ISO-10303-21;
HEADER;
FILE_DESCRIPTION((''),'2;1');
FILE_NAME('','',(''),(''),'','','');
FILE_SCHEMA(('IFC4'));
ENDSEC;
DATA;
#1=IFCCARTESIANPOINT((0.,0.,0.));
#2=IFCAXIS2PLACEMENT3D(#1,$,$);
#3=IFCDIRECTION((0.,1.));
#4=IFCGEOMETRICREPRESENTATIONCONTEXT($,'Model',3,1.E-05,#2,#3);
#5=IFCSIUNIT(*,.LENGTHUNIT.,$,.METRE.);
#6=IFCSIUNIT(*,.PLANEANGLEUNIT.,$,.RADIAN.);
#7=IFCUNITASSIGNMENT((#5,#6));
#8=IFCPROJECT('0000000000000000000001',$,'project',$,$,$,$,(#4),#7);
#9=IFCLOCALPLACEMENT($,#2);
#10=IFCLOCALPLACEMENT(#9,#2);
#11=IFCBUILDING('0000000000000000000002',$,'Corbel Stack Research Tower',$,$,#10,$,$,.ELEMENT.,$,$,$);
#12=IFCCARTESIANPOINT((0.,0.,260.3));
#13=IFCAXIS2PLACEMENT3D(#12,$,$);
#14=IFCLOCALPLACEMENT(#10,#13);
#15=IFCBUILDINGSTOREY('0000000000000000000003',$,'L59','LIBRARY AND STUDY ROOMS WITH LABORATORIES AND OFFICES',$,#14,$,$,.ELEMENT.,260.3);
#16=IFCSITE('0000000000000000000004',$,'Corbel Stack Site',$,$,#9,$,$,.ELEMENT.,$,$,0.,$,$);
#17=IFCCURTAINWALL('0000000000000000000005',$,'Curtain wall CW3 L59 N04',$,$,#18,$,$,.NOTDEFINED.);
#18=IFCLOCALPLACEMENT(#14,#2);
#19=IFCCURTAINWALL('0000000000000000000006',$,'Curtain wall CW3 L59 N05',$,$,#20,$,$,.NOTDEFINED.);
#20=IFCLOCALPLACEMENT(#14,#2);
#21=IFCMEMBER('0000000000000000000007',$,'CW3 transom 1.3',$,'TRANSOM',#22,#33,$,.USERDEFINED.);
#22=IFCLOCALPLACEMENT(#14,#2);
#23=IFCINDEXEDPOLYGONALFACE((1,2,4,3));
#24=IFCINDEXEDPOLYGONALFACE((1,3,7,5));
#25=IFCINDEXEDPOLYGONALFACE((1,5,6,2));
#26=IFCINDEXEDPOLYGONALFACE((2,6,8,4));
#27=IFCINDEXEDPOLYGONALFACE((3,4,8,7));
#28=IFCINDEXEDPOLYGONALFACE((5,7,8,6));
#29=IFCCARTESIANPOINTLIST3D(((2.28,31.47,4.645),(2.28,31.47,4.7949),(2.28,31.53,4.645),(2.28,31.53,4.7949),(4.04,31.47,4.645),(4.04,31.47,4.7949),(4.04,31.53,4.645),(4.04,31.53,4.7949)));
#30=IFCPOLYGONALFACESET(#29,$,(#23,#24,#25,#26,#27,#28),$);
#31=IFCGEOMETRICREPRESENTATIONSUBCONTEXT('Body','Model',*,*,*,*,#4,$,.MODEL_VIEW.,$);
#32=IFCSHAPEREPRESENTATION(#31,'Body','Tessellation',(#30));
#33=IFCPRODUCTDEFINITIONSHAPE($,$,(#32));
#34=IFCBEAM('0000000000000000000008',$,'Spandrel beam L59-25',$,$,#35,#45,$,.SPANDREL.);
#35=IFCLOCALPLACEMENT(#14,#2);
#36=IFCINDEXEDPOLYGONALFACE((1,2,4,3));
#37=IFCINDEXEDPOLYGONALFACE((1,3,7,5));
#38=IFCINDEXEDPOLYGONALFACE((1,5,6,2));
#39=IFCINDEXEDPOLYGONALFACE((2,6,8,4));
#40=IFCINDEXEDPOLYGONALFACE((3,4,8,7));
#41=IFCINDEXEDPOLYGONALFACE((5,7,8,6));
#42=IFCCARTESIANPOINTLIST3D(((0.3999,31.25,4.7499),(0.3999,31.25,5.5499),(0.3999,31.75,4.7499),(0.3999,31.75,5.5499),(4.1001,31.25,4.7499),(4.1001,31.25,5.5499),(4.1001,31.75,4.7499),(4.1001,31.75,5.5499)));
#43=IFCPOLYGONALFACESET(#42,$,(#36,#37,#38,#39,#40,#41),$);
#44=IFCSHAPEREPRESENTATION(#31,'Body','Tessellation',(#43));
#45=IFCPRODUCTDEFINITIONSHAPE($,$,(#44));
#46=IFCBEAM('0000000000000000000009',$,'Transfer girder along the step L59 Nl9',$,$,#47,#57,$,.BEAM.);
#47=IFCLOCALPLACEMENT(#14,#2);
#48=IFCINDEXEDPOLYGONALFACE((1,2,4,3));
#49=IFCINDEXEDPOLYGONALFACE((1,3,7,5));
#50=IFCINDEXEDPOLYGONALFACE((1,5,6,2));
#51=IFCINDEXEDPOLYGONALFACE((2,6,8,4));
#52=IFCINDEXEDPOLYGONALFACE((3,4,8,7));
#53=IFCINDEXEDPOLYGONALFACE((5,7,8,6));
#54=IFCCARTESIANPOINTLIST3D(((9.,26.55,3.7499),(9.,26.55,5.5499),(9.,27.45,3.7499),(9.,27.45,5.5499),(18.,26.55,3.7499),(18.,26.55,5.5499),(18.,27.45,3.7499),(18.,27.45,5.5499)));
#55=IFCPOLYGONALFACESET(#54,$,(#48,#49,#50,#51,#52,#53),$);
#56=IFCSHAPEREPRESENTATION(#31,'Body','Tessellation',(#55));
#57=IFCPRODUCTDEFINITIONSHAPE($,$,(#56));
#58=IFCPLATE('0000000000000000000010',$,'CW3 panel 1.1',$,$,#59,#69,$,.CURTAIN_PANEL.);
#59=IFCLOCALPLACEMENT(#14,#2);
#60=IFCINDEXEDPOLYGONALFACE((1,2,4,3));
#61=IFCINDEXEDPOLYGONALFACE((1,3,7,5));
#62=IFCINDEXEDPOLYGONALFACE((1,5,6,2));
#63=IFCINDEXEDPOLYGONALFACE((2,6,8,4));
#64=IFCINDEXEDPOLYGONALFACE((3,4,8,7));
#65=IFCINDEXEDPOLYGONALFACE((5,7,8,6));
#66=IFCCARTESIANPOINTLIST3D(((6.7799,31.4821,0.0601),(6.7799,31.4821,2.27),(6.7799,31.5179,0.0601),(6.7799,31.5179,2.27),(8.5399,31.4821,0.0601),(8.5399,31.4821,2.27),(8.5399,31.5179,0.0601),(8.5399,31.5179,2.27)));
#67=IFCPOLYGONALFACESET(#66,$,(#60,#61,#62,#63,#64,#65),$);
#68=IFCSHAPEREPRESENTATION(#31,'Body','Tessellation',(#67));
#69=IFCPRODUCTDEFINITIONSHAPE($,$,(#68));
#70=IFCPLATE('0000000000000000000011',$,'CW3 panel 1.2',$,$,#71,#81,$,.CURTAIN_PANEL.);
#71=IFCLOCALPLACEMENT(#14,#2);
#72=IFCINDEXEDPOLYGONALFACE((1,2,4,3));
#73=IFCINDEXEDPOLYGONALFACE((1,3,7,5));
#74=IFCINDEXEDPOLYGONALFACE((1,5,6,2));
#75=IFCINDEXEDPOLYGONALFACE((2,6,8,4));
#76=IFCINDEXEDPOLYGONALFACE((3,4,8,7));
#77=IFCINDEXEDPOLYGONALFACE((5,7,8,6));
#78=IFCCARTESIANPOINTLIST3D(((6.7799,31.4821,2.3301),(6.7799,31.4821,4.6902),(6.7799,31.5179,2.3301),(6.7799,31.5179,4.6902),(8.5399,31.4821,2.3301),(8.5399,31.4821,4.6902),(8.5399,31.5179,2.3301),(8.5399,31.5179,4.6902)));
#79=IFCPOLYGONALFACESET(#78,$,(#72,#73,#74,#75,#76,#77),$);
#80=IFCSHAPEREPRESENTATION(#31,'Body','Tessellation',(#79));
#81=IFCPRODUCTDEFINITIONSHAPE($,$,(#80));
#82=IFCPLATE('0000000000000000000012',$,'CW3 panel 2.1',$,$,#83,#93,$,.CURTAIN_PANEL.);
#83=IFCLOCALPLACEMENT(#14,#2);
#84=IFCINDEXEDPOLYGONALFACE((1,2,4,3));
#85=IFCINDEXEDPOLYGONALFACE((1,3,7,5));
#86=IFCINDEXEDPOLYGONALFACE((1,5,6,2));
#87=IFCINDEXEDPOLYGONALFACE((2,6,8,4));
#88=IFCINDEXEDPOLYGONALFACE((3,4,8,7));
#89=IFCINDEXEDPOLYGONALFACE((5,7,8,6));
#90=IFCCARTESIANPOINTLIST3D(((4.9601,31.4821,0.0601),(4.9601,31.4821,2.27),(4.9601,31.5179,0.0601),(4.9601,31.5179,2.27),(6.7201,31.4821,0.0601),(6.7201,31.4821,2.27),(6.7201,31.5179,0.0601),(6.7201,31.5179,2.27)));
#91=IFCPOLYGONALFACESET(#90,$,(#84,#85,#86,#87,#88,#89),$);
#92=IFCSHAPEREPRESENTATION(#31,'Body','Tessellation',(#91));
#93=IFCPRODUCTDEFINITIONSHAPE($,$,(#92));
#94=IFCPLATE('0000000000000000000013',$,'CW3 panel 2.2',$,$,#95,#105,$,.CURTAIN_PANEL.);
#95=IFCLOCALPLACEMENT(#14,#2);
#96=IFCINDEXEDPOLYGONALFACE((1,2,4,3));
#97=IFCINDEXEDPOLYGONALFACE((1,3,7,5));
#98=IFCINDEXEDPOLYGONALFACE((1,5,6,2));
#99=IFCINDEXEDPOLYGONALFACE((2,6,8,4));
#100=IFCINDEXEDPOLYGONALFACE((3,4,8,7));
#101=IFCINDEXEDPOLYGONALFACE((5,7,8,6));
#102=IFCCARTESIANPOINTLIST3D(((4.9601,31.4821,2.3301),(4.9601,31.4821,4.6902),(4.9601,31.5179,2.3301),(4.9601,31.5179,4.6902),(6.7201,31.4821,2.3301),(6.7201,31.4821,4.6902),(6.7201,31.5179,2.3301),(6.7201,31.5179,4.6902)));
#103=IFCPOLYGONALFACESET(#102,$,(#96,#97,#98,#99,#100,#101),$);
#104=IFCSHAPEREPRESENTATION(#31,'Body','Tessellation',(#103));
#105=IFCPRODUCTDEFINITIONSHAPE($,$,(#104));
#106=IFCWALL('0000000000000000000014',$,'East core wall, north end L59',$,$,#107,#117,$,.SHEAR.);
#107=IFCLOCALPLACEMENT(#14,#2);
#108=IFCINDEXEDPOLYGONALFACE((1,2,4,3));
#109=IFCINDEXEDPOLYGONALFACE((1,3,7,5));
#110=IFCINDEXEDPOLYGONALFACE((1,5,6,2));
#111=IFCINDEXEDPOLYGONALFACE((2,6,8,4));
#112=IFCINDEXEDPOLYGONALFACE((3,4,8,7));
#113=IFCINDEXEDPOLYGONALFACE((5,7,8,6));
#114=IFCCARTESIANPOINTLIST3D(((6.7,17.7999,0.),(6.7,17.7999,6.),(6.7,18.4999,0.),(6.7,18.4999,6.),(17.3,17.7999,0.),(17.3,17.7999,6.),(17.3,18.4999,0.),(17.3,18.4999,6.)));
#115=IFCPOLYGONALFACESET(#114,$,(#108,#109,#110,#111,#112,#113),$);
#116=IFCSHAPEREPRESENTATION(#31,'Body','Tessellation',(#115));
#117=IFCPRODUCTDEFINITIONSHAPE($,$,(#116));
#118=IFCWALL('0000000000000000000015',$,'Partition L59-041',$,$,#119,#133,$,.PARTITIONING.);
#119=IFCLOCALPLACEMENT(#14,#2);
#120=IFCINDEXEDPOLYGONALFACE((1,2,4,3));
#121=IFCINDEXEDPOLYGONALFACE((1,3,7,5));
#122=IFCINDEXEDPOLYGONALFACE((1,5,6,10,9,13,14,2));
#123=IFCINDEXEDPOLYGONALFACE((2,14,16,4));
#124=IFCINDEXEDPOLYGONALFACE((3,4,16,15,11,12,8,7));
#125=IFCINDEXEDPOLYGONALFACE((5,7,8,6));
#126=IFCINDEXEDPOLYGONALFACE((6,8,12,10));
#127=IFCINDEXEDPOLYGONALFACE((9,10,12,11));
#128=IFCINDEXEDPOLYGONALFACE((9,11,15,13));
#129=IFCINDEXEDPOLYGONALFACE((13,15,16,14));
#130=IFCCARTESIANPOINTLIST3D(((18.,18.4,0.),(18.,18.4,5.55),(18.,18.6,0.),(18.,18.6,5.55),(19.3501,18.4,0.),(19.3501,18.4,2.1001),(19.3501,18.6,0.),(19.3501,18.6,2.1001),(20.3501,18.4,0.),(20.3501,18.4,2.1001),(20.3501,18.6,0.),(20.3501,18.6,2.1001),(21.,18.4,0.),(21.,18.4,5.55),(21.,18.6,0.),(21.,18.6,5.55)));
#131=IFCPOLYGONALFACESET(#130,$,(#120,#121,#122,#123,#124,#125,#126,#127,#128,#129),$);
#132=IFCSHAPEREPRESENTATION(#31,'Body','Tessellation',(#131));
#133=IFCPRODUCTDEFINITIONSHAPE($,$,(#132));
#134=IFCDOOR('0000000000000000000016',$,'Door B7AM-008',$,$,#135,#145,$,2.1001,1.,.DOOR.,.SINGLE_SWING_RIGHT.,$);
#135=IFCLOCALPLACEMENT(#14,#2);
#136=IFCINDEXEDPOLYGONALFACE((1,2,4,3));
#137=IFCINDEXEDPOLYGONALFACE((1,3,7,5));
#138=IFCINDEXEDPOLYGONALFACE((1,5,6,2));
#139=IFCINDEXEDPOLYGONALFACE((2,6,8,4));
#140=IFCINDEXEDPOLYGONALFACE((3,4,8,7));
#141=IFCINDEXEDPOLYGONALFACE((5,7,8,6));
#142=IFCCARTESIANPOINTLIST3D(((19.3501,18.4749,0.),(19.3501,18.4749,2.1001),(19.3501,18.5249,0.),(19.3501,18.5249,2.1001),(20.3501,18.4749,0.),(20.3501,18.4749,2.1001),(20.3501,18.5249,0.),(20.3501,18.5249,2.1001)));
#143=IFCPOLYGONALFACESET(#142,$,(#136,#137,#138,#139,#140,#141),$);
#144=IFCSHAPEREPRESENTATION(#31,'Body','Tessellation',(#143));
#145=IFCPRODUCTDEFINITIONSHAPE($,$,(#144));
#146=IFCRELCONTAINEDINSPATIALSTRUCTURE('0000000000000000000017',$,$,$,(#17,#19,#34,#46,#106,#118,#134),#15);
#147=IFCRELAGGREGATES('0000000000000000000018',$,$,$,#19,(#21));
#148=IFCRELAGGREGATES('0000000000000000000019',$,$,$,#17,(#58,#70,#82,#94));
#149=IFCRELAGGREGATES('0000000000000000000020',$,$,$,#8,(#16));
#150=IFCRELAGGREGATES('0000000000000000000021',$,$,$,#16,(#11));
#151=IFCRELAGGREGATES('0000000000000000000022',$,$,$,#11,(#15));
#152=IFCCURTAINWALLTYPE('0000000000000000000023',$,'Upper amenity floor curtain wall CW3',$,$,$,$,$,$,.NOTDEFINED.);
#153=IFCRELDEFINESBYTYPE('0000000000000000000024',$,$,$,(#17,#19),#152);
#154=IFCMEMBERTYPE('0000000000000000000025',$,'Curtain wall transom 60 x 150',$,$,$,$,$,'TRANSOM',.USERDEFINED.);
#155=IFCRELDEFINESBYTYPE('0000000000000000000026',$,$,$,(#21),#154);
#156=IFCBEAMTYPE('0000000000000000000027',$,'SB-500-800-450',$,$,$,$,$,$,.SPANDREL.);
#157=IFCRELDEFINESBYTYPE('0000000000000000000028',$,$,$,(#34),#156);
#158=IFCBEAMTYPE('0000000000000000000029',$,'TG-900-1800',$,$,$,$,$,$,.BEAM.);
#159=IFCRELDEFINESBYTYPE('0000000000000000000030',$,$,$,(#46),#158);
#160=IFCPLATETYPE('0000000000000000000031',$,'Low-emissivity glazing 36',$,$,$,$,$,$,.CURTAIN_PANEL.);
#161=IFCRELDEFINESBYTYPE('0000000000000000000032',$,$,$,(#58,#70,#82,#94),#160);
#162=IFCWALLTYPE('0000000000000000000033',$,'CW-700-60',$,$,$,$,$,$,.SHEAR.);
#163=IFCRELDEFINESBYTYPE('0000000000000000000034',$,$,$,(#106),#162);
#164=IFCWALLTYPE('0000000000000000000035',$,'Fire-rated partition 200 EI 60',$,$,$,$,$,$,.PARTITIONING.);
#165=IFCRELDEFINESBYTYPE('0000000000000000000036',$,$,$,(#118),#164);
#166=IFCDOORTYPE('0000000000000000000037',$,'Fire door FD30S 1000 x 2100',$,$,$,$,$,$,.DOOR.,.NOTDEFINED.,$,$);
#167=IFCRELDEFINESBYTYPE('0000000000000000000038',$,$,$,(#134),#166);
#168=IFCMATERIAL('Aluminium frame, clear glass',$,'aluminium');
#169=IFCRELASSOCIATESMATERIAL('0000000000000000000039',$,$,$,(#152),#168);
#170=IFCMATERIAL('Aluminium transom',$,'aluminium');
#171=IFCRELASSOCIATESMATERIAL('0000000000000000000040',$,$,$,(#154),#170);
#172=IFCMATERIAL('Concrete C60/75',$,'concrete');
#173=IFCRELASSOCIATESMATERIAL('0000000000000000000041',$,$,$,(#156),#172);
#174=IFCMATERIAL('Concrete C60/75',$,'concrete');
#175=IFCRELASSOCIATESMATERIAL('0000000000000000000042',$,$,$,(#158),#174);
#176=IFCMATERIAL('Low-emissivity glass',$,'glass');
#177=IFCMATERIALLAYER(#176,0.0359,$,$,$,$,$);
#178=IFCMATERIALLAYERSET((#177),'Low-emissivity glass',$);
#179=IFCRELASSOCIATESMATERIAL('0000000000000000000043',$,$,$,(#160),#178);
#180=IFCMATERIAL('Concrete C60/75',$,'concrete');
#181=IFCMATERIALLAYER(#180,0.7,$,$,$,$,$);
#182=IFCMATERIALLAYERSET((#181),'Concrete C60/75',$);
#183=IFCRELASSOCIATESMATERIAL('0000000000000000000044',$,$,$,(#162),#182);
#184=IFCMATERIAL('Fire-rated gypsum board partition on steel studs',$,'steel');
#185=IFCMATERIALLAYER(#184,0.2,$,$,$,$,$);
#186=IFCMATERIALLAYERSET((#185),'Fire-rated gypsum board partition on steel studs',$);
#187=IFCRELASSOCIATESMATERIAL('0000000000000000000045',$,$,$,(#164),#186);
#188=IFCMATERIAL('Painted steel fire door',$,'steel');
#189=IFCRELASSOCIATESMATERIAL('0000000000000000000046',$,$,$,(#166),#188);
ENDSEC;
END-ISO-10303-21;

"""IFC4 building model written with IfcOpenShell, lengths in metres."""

from ifc_helpers import new_model, si_unit, direction, frame, frame_2d, origin, origin_2d, place, context, subcontext, project, spatial, rectangle, extrude, material, layer, layer_set, material_profile, profile_set, type_object, element, fill, aggregate, save


model = new_model("IFC4")

# Units and contexts
model_context = context("Model", 3, precision=1e-05, world=origin(), true_north=direction((0.0, 1.0)))
body_context = subcontext(model_context, "Body", "Model", "MODEL_VIEW")
ifc_project = project(units=[si_unit("LENGTHUNIT", "METRE"), si_unit("PLANEANGLEUNIT", "RADIAN")], contexts=[model_context])

# Site, building, storey
site_placement = place(None, origin())
site = spatial("IfcSite", under=ifc_project, at=site_placement, Name="Corbel Stack Site", CompositionType="ELEMENT", RefElevation=0.0)
building_placement = place(site_placement, origin())
building = spatial("IfcBuilding", under=site, at=building_placement, Name="Corbel Stack Research Tower", CompositionType="ELEMENT")
storey_placement = place(building_placement, frame((0.0, 0.0, 260.3)))
storey = spatial("IfcBuildingStorey", under=building, at=storey_placement, Name="L59", Description="LIBRARY AND STUDY ROOMS WITH LABORATORIES AND OFFICES", CompositionType="ELEMENT", Elevation=260.3)

# Curtain wall
ifc_material_1 = material(Name="Aluminium frame, clear glass", Category="aluminium")
curtain_wall_type = type_object("IfcCurtainWallType", Name="Upper amenity floor curtain wall CW3", PredefinedType="NOTDEFINED", material=ifc_material_1)
curtain_wall_1_placement = place(storey_placement, origin())
curtain_wall_1 = element("IfcCurtainWall", 1, at=curtain_wall_1_placement, inside=storey, type_object=curtain_wall_type, Name="Curtain wall CW3 L59 N04", PredefinedType="NOTDEFINED")

# Curtain wall
curtain_wall_2_placement = place(storey_placement, origin())
curtain_wall_2 = element("IfcCurtainWall", 2, at=curtain_wall_2_placement, inside=storey, type_object=curtain_wall_type, Name="Curtain wall CW3 L59 N05", PredefinedType="NOTDEFINED")

# Member
ifc_material_2 = material(Name="Aluminium transom", Category="aluminium")
ifc_material_profile_1 = material_profile(ifc_material_2, rectangle(XDim=0.0601, YDim=0.1499, at=origin_2d()), Name="Transom 60 x 150")
ifc_profile_set_1 = profile_set([ifc_material_profile_1], Name="Aluminium transom")
member_type_1 = type_object("IfcMemberType", Name="Curtain wall transom 60 x 150", ElementType="TRANSOM", PredefinedType="USERDEFINED", material=ifc_profile_set_1)
member_1_placement = place(storey_placement, frame((4.04, 31.5, 4.72), z_axis=(-1.0, 0.0, 0.0), x_axis=(0.0, -1.0, 0.0)))
member_1 = element("IfcMember", 3, at=member_1_placement, type_object=member_type_1, Name="CW3 transom 1.3", ObjectType="TRANSOM", PredefinedType="USERDEFINED", context=body_context, shape_type="SweptSolid", body=[
    extrude(rectangle(XDim=0.0601, YDim=0.1499, at=origin_2d()), origin(), (0.0, 0.0, 1.0), 1.76),
])
aggregate(curtain_wall_2, [member_1])

# Beams
ifc_material_3 = material(Name="Concrete C60/75", Category="concrete")
ifc_material_profile_2 = material_profile(ifc_material_3, rectangle(XDim=0.5, YDim=0.8, at=origin_2d()), Name="RC 500 x 800")
ifc_profile_set_2 = profile_set([ifc_material_profile_2], Name="Concrete C60/75")
beam_type_1 = type_object("IfcBeamType", Name="SB-500-800-450", PredefinedType="SPANDREL", material=ifc_profile_set_2)
beam_1_placement = place(storey_placement, frame((4.1001, 31.5, 5.1499), z_axis=(-1.0, 0.0, 0.0), x_axis=(0.0, -1.0, 0.0)))
element("IfcBeam", 4, at=beam_1_placement, inside=storey, type_object=beam_type_1, Name="Spandrel beam L59-25", PredefinedType="SPANDREL", context=body_context, shape_type="SweptSolid", body=[
    extrude(rectangle(XDim=0.5, YDim=0.8, at=origin_2d()), origin(), (0.0, 0.0, 1.0), 3.7002),
])
ifc_material_4 = material(Name="Concrete C60/75", Category="concrete")
ifc_material_profile_3 = material_profile(ifc_material_4, rectangle(XDim=0.8999, YDim=1.8, at=origin_2d()), Name="RC 900 x 1800")
ifc_profile_set_3 = profile_set([ifc_material_profile_3], Name="Concrete C60/75")
beam_type_2 = type_object("IfcBeamType", Name="TG-900-1800", PredefinedType="BEAM", material=ifc_profile_set_3)
beam_2_placement = place(storey_placement, frame((9.0, 27.0, 4.6499), z_axis=(1.0, 0.0, 0.0), x_axis=(0.0, 1.0, 0.0)))
element("IfcBeam", 5, at=beam_2_placement, inside=storey, type_object=beam_type_2, Name="Transfer girder along the step L59 Nl9", PredefinedType="BEAM", context=body_context, shape_type="SweptSolid", body=[
    extrude(rectangle(XDim=0.8999, YDim=1.8, at=origin_2d()), origin(), (0.0, 0.0, 1.0), 9.0),
])

# Plates
ifc_material_5 = material(Name="Low-emissivity glass", Category="glass")
ifc_layer_1 = layer(ifc_material_5, 0.0359)
ifc_layer_set_1 = layer_set([ifc_layer_1], Name="Low-emissivity glass")
plate_type = type_object("IfcPlateType", Name="Low-emissivity glazing 36", PredefinedType="CURTAIN_PANEL", material=ifc_layer_set_1)
plate_1_placement = place(storey_placement, frame((7.6599, 31.5, 0.0601), z_axis=(0.0, 0.0, 1.0), x_axis=(-1.0, 0.0, 0.0)))
plate_1 = element("IfcPlate", 6, at=plate_1_placement, type_object=plate_type, Name="CW3 panel 1.1", PredefinedType="CURTAIN_PANEL", context=body_context, shape_type="SweptSolid", body=[
    extrude(rectangle(XDim=1.76, YDim=0.0359, at=origin_2d()), origin(), (0.0, 0.0, 1.0), 2.21),
])
plate_2_placement = place(storey_placement, frame((7.6599, 31.5, 2.3301), z_axis=(0.0, 0.0, 1.0), x_axis=(-1.0, 0.0, 0.0)))
plate_2 = element("IfcPlate", 7, at=plate_2_placement, type_object=plate_type, Name="CW3 panel 1.2", PredefinedType="CURTAIN_PANEL", context=body_context, shape_type="SweptSolid", body=[
    extrude(rectangle(XDim=1.76, YDim=0.0359, at=origin_2d()), origin(), (0.0, 0.0, 1.0), 2.3601),
])
plate_3_placement = place(storey_placement, frame((5.8401, 31.5, 0.0601), z_axis=(0.0, 0.0, 1.0), x_axis=(-1.0, 0.0, 0.0)))
plate_3 = element("IfcPlate", 8, at=plate_3_placement, type_object=plate_type, Name="CW3 panel 2.1", PredefinedType="CURTAIN_PANEL", context=body_context, shape_type="SweptSolid", body=[
    extrude(rectangle(XDim=1.76, YDim=0.0359, at=origin_2d()), origin(), (0.0, 0.0, 1.0), 2.21),
])
plate_4_placement = place(storey_placement, frame((5.8401, 31.5, 2.3301), z_axis=(0.0, 0.0, 1.0), x_axis=(-1.0, 0.0, 0.0)))
plate_4 = element("IfcPlate", 9, at=plate_4_placement, type_object=plate_type, Name="CW3 panel 2.2", PredefinedType="CURTAIN_PANEL", context=body_context, shape_type="SweptSolid", body=[
    extrude(rectangle(XDim=1.76, YDim=0.0359, at=origin_2d()), origin(), (0.0, 0.0, 1.0), 2.3601),
])
aggregate(curtain_wall_1, [plate_1, plate_2, plate_3, plate_4])

# Wall
ifc_material_6 = material(Name="Concrete C60/75", Category="concrete")
ifc_layer_2 = layer(ifc_material_6, 0.7)
ifc_layer_set_2 = layer_set([ifc_layer_2], Name="Concrete C60/75")
wall_type_1 = type_object("IfcWallType", Name="CW-700-60", PredefinedType="SHEAR", material=ifc_layer_set_2)
wall_1_placement = place(storey_placement, frame((6.7, 18.1499, 0.0), z_axis=(0.0, 0.0, 1.0), x_axis=(1.0, 0.0, 0.0)))
element("IfcWall", 10, at=wall_1_placement, inside=storey, type_object=wall_type_1, Name="East core wall, north end L59", PredefinedType="SHEAR", context=body_context, shape_type="SweptSolid", body=[
    extrude(rectangle(XDim=10.6001, YDim=0.7, at=frame_2d((5.3, 0.0))), origin(), (0.0, 0.0, 1.0), 6.0),
])

# Wall, opening, door
ifc_material_7 = material(Name="Fire-rated gypsum board partition on steel studs", Category="steel")
ifc_layer_3 = layer(ifc_material_7, 0.2)
ifc_layer_set_3 = layer_set([ifc_layer_3], Name="Fire-rated gypsum board partition on steel studs")
wall_type_2 = type_object("IfcWallType", Name="Fire-rated partition 200 EI 60", PredefinedType="PARTITIONING", material=ifc_layer_set_3)
wall_2_placement = place(storey_placement, frame((18.0, 18.5, 0.0), z_axis=(0.0, 0.0, 1.0), x_axis=(1.0, 0.0, 0.0)))
wall_2 = element("IfcWall", 11, at=wall_2_placement, inside=storey, type_object=wall_type_2, Name="Partition L59-041", PredefinedType="PARTITIONING", context=body_context, shape_type="SweptSolid", body=[
    extrude(rectangle(XDim=3.0, YDim=0.2, at=frame_2d((1.5, 0.0))), origin(), (0.0, 0.0, 1.0), 5.55),
])
opening_placement = place(wall_2_placement, frame((1.3501, 0.0, 0.0)))
opening = element("IfcOpeningElement", 12, at=opening_placement, cuts=wall_2, PredefinedType="OPENING", context=body_context, shape_type="SweptSolid", body=[
    extrude(rectangle(XDim=1.0, YDim=2.1001, at=frame_2d((0.5, 1.05))), frame((0.0, 0.1099, 0.0), z_axis=(0.0, -1.0, 0.0), x_axis=(1.0, 0.0, 0.0)), (0.0, 0.0, 1.0), 0.22),
])
ifc_material_8 = material(Name="Painted steel fire door", Category="steel")
door_type = type_object("IfcDoorType", Name="Fire door FD30S 1000 x 2100", OperationType="NOTDEFINED", PredefinedType="DOOR", material=ifc_material_8)
door_placement = place(opening_placement, origin())
door = element("IfcDoor", 13, at=door_placement, inside=storey, type_object=door_type, Name="Door B7AM-008", OperationType="SINGLE_SWING_RIGHT", OverallHeight=2.1001, OverallWidth=1.0, PredefinedType="DOOR", context=body_context, shape_type="SweptSolid", body=[
    extrude(rectangle(XDim=1.0, YDim=2.1001, at=frame_2d((0.5, 1.05))), frame((0.0, 0.0249, 0.0), z_axis=(0.0, -1.0, 0.0), x_axis=(1.0, 0.0, 0.0)), (0.0, 0.0, 1.0), 0.05),
])
fill(opening, door)

save(model, "model.ifc")
